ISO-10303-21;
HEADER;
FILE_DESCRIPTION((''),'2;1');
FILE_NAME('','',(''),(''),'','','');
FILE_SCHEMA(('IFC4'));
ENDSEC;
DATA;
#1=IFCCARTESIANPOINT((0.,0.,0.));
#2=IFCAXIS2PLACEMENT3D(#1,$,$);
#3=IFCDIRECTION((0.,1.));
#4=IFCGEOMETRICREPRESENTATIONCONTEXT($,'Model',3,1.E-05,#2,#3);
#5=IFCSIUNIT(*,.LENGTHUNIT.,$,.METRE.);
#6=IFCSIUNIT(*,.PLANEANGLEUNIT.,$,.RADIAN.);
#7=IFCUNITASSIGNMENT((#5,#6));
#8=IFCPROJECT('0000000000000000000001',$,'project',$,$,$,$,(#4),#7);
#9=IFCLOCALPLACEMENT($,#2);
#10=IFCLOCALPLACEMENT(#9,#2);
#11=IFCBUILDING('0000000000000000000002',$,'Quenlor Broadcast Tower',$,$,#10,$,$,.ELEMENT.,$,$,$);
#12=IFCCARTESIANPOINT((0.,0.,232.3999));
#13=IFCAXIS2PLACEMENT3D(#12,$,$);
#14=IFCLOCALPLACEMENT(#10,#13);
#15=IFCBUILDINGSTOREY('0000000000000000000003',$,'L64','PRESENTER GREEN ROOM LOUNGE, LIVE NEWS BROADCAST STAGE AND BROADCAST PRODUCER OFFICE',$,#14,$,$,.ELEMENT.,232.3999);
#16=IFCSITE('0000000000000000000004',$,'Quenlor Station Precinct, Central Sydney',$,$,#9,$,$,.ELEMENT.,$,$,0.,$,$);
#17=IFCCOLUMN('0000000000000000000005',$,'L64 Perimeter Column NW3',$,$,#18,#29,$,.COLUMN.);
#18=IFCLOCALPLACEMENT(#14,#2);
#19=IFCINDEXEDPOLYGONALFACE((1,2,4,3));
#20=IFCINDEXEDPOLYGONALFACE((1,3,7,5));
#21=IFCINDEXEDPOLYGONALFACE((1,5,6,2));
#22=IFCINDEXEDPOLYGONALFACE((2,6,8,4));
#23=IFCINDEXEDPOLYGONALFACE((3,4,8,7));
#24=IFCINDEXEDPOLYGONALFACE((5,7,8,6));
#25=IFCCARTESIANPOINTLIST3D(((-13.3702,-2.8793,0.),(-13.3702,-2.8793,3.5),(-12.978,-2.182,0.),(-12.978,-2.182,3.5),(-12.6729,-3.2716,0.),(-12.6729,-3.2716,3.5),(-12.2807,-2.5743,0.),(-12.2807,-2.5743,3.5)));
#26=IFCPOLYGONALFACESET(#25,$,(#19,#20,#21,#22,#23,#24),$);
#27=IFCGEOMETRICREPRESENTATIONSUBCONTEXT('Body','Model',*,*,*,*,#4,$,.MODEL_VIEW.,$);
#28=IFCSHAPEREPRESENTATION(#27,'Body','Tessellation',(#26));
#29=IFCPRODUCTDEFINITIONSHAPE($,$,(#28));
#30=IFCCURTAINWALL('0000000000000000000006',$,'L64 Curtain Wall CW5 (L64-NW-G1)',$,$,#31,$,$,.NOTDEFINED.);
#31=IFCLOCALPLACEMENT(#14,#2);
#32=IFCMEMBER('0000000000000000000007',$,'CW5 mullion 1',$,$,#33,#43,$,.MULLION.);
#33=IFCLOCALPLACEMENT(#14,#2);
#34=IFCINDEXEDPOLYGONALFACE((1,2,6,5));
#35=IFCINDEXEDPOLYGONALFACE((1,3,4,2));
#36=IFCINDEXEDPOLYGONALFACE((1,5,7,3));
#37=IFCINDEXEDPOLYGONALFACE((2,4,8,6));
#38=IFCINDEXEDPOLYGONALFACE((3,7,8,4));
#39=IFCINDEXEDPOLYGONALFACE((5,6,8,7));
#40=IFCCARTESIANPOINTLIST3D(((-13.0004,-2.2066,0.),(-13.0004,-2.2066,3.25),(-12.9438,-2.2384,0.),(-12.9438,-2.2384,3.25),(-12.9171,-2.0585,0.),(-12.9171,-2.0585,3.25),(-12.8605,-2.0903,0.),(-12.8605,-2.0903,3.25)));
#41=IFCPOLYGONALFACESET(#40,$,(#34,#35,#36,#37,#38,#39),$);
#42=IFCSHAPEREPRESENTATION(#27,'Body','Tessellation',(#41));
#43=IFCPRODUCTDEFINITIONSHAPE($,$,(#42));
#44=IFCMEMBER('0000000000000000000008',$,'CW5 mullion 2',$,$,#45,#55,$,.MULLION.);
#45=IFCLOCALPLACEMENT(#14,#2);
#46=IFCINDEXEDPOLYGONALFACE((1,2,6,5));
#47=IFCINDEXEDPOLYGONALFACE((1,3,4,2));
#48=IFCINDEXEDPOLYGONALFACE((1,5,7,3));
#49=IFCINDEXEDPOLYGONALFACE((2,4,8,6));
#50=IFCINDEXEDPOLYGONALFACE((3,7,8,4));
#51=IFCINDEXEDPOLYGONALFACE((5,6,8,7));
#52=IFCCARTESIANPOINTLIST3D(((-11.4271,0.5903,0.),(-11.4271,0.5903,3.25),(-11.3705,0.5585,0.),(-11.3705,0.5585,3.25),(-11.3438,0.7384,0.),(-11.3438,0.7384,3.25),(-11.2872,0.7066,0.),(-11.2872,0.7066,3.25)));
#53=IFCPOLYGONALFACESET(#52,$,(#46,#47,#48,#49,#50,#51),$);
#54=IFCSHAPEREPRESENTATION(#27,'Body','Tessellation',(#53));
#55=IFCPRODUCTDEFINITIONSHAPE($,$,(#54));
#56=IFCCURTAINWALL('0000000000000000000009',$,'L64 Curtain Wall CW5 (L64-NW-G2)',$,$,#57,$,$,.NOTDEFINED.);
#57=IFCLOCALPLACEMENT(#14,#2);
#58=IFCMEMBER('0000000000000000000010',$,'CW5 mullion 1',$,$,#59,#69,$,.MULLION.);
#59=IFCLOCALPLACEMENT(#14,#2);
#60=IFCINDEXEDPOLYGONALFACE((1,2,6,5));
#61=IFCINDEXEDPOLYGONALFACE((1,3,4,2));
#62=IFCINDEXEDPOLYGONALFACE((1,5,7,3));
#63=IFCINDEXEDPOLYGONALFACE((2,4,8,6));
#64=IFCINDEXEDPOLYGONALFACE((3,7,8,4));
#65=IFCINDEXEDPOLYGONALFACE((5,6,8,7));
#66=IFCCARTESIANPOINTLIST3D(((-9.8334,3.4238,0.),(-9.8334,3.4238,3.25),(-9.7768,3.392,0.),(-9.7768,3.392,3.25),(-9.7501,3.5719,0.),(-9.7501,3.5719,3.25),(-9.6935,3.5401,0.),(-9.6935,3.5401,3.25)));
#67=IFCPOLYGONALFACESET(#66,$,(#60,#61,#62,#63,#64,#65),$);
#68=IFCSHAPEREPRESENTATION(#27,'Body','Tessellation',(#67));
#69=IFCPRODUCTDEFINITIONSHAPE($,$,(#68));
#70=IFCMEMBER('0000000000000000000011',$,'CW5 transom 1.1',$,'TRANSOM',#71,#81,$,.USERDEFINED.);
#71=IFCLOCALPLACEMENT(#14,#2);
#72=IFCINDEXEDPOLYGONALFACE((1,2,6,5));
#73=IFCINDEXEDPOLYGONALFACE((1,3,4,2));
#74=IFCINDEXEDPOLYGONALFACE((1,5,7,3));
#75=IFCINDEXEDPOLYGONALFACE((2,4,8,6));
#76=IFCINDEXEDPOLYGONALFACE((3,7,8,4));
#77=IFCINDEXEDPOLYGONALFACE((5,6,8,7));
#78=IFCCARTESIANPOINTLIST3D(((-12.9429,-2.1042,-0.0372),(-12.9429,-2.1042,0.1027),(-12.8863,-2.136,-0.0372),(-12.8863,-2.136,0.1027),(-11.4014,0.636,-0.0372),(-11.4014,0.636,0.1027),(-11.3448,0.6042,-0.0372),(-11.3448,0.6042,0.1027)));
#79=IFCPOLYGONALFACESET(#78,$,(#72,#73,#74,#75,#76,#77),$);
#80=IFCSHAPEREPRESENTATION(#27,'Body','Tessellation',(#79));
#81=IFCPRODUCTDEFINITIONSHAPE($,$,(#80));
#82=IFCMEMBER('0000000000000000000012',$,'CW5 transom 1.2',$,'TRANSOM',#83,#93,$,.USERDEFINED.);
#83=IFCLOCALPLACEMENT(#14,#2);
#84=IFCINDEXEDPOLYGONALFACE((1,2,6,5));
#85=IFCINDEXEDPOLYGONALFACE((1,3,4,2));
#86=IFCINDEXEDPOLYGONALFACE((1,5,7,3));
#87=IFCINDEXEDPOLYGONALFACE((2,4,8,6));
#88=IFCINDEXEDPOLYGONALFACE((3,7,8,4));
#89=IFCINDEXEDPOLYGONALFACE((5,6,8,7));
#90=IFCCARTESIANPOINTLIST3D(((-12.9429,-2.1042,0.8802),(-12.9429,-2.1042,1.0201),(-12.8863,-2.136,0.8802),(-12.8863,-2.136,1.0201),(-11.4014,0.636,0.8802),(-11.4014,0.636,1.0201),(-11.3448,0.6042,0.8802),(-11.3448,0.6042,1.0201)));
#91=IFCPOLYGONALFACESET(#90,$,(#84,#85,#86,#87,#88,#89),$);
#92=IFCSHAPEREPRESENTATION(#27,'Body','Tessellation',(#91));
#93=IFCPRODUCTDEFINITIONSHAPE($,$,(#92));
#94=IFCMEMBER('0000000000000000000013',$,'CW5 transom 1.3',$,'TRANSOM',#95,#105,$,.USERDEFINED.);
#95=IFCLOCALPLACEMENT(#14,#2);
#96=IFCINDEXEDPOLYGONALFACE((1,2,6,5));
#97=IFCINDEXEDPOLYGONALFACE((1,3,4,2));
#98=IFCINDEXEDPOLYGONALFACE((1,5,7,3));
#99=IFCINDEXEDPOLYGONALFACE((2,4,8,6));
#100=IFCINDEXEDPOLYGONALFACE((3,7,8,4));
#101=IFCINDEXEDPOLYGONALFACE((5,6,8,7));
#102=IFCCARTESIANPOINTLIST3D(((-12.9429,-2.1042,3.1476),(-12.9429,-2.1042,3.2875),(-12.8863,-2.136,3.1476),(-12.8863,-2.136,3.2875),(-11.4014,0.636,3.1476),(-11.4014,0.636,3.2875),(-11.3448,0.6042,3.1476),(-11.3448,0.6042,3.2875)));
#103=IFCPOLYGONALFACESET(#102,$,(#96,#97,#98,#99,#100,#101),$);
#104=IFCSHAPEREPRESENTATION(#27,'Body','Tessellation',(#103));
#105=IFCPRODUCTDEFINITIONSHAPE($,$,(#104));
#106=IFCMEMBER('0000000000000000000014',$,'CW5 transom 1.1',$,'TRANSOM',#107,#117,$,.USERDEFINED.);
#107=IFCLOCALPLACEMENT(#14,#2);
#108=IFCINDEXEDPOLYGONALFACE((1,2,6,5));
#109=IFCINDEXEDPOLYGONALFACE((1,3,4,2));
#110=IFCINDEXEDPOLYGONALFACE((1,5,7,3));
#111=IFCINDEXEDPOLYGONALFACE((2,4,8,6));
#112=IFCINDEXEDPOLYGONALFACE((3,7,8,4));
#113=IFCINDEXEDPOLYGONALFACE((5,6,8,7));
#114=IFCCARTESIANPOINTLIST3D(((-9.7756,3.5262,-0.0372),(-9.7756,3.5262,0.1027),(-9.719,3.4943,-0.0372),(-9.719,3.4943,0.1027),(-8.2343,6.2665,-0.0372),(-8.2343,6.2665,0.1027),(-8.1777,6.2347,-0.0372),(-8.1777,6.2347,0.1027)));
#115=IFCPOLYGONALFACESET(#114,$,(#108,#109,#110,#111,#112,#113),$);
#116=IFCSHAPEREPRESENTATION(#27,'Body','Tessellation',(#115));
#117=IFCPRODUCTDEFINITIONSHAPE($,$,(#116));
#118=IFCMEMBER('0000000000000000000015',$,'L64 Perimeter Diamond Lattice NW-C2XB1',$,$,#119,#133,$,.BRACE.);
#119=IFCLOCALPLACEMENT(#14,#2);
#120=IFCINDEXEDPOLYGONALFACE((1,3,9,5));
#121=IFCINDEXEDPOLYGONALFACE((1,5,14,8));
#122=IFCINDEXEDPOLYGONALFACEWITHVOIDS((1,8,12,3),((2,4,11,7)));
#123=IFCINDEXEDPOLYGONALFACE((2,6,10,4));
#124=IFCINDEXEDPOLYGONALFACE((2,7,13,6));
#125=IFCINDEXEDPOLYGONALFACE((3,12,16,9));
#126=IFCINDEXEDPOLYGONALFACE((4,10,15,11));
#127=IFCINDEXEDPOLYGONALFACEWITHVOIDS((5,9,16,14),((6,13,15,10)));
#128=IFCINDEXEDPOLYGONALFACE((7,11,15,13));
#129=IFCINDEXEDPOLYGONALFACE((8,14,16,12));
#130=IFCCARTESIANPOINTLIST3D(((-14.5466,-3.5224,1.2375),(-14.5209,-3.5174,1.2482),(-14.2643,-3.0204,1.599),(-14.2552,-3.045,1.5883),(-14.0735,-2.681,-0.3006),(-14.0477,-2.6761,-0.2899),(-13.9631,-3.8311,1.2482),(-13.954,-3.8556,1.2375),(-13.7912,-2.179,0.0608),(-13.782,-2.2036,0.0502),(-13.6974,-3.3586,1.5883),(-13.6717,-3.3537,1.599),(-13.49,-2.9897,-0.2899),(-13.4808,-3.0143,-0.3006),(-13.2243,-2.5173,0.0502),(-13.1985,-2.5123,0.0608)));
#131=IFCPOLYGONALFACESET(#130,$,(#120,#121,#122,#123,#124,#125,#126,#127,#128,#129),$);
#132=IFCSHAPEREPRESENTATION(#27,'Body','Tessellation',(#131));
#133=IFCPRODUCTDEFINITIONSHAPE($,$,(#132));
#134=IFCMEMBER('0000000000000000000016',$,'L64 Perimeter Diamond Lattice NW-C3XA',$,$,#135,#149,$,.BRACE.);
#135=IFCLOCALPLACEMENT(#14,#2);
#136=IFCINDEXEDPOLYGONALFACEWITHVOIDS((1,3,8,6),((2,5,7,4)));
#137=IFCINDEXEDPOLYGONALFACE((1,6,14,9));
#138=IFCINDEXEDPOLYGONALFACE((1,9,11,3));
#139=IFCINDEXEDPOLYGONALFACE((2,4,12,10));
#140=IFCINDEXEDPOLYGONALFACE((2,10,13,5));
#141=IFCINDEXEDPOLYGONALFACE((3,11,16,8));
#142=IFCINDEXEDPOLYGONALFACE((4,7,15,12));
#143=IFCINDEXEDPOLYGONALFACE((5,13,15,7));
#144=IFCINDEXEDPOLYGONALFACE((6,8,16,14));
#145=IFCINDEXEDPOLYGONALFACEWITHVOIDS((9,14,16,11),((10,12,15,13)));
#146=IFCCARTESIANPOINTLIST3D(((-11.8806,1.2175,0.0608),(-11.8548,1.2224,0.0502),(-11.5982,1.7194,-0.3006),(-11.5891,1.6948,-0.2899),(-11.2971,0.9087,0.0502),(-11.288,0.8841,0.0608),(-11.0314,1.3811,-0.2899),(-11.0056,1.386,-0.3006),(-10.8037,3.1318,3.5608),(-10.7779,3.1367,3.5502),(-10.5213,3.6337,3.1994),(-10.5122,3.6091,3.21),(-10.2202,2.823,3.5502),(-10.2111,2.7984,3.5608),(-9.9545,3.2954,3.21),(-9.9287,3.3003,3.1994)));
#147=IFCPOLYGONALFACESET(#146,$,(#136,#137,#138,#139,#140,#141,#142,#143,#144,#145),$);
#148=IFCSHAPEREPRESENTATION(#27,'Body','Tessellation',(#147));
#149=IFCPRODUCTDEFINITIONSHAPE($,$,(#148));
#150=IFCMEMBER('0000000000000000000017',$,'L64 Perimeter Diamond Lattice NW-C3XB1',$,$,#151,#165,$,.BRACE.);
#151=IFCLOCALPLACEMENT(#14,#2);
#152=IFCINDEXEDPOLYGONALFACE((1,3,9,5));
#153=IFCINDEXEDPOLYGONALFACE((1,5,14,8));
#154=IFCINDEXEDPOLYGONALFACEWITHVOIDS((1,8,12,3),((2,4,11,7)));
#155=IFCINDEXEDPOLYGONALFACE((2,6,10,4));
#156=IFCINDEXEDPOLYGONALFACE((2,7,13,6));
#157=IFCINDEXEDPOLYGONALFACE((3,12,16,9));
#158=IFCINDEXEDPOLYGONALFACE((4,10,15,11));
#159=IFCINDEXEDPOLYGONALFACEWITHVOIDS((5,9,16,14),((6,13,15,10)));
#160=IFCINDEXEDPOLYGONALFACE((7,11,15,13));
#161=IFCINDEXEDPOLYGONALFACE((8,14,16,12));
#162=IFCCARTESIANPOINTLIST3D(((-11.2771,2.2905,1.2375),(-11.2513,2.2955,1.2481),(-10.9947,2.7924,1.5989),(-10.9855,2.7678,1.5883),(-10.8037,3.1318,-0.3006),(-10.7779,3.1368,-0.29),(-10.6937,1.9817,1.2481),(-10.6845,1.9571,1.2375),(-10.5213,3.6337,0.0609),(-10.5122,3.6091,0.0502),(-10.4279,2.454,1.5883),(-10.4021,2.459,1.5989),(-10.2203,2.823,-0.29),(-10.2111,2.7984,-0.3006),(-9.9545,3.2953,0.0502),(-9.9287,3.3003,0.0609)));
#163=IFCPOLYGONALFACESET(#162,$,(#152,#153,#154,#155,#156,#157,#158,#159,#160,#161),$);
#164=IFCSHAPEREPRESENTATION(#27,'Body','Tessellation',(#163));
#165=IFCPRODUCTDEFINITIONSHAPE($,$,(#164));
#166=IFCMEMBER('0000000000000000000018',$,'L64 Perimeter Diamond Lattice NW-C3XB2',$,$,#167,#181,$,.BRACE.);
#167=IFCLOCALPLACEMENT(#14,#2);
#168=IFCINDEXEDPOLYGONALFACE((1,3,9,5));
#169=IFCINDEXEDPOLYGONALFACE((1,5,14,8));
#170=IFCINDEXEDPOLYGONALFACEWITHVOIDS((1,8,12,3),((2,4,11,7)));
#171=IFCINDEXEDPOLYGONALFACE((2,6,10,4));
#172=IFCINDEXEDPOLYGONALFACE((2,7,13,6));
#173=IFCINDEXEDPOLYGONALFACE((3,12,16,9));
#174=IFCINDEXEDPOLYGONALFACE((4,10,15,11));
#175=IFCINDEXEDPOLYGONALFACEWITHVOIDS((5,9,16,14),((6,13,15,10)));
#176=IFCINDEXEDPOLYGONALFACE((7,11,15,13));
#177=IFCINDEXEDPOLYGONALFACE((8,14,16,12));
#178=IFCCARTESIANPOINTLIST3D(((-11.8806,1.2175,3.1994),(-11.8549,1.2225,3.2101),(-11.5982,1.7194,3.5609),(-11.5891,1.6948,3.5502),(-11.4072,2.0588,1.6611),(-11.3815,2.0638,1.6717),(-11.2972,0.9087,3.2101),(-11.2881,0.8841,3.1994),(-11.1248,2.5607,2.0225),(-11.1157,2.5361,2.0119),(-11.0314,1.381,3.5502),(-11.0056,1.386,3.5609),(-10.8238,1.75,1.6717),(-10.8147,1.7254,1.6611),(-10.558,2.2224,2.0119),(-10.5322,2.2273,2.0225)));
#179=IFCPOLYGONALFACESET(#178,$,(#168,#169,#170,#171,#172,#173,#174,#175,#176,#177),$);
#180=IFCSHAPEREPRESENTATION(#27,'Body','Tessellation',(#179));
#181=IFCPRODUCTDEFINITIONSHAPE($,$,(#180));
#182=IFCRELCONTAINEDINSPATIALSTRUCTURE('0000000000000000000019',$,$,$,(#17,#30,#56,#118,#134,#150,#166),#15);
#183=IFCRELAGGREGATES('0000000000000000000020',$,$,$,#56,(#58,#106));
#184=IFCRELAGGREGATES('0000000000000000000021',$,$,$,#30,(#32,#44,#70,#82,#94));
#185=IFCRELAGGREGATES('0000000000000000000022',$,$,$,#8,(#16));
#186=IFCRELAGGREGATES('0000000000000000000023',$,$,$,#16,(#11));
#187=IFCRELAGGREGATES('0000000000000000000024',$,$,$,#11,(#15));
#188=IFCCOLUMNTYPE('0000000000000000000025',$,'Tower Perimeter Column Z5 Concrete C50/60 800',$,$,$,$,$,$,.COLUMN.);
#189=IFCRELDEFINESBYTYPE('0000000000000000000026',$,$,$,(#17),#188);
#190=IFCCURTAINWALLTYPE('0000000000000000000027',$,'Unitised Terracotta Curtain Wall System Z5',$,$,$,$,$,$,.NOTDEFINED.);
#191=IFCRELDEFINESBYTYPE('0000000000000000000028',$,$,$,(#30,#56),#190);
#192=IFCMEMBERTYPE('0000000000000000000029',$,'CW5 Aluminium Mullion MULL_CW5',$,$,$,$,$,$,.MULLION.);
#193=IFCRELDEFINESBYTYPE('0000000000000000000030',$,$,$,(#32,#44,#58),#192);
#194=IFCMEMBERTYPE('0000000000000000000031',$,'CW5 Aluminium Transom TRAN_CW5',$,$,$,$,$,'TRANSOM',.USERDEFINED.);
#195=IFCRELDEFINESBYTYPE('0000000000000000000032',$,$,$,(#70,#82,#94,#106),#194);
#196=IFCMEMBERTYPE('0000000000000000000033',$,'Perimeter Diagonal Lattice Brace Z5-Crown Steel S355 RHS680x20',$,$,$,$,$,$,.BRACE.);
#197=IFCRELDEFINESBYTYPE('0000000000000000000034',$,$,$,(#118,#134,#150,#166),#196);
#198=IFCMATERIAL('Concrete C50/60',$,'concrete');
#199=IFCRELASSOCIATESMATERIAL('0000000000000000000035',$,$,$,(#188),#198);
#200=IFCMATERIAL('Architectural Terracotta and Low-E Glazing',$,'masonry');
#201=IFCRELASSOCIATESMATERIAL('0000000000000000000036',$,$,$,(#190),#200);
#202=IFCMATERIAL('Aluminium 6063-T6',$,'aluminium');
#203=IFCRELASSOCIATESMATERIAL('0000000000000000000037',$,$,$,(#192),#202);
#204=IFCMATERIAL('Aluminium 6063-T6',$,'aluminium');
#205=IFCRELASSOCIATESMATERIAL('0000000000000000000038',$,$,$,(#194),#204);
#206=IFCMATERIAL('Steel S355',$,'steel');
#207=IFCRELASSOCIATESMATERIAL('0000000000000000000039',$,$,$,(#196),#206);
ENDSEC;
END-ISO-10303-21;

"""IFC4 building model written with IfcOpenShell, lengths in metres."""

from ifc_helpers import new_model, si_unit, direction, frame, origin, origin_2d, place, context, subcontext, project, spatial, rectangle, hollow_rectangle, extrude, material, material_profile, profile_set, type_object, element, aggregate, save


model = new_model("IFC4")

# Units and contexts
model_context = context("Model", 3, precision=1e-05, world=origin(), true_north=direction((0.0, 1.0)))
body_context = subcontext(model_context, "Body", "Model", "MODEL_VIEW")
ifc_project = project(units=[si_unit("LENGTHUNIT", "METRE"), si_unit("PLANEANGLEUNIT", "RADIAN")], contexts=[model_context])

# Site, building, storey
site_placement = place(None, origin())
site = spatial("IfcSite", under=ifc_project, at=site_placement, Name="Quenlor Station Precinct, Central Sydney", CompositionType="ELEMENT", RefElevation=0.0)
building_placement = place(site_placement, origin())
building = spatial("IfcBuilding", under=site, at=building_placement, Name="Quenlor Broadcast Tower", CompositionType="ELEMENT")
storey_placement = place(building_placement, frame((0.0, 0.0, 232.3999)))
storey = spatial("IfcBuildingStorey", under=building, at=storey_placement, Name="L64", Description="PRESENTER GREEN ROOM LOUNGE, LIVE NEWS BROADCAST STAGE AND BROADCAST PRODUCER OFFICE", CompositionType="ELEMENT", Elevation=232.3999)

# Column
ifc_material_1 = material(Name="Concrete C50/60", Category="concrete")
ifc_material_profile_1 = material_profile(ifc_material_1, rectangle(XDim=0.8, YDim=0.8, at=origin_2d()))
ifc_profile_set_1 = profile_set([ifc_material_profile_1], Name="Concrete C50/60 RC800x800")
column_type = type_object("IfcColumnType", Name="Tower Perimeter Column Z5 Concrete C50/60 800", PredefinedType="COLUMN", material=ifc_profile_set_1)
column_placement = place(storey_placement, frame((-12.8254, -2.7268, 0.0), z_axis=(0.0, 0.0, 1.0), x_axis=(-0.871575, 0.490262, 0.0)))
element("IfcColumn", 1, at=column_placement, inside=storey, type_object=column_type, Name="L64 Perimeter Column NW3", PredefinedType="COLUMN", context=body_context, shape_type="SweptSolid", body=[
    extrude(rectangle(XDim=0.8, YDim=0.8, at=origin_2d()), origin(), (0.0, 0.0, 1.0), 3.5),
])

# Curtain wall, members
ifc_material_2 = material(Name="Architectural Terracotta and Low-E Glazing", Category="masonry")
curtain_wall_type = type_object("IfcCurtainWallType", Name="Unitised Terracotta Curtain Wall System Z5", PredefinedType="NOTDEFINED", material=ifc_material_2)
curtain_wall_1_placement = place(storey_placement, origin())
curtain_wall_1 = element("IfcCurtainWall", 2, at=curtain_wall_1_placement, inside=storey, type_object=curtain_wall_type, Name="L64 Curtain Wall CW5 (L64-NW-G1)", PredefinedType="NOTDEFINED")
ifc_material_3 = material(Name="Aluminium 6063-T6", Category="aluminium")
ifc_material_profile_2 = material_profile(ifc_material_3, rectangle(XDim=0.0649, YDim=0.1699, at=origin_2d()))
ifc_profile_set_2 = profile_set([ifc_material_profile_2], Name="Aluminium 6063-T6 MULL65x170")
member_type_1 = type_object("IfcMemberType", Name="CW5 Aluminium Mullion MULL_CW5", PredefinedType="MULLION", material=ifc_profile_set_2)
member_1_placement = place(storey_placement, frame((-12.9304, -2.1484, 0.0), z_axis=(0.0, 0.0, 1.0), x_axis=(-0.871575, 0.490263, 0.0)))
member_1 = element("IfcMember", 3, at=member_1_placement, type_object=member_type_1, Name="CW5 mullion 1", PredefinedType="MULLION", context=body_context, shape_type="SweptSolid", body=[
    extrude(rectangle(XDim=0.0649, YDim=0.1699, at=origin_2d()), origin(), (0.0, 0.0, 1.0), 3.25),
])
member_2_placement = place(storey_placement, frame((-11.3572, 0.6484, 0.0), z_axis=(0.0, 0.0, 1.0), x_axis=(-0.871575, 0.490263, 0.0)))
member_2 = element("IfcMember", 4, at=member_2_placement, type_object=member_type_1, Name="CW5 mullion 2", PredefinedType="MULLION", context=body_context, shape_type="SweptSolid", body=[
    extrude(rectangle(XDim=0.0649, YDim=0.1699, at=origin_2d()), origin(), (0.0, 0.0, 1.0), 3.25),
])

# Curtain wall, member
curtain_wall_2_placement = place(storey_placement, origin())
curtain_wall_2 = element("IfcCurtainWall", 5, at=curtain_wall_2_placement, inside=storey, type_object=curtain_wall_type, Name="L64 Curtain Wall CW5 (L64-NW-G2)", PredefinedType="NOTDEFINED")
member_3_placement = place(storey_placement, frame((-9.7634, 3.4819, 0.0), z_axis=(0.0, 0.0, 1.0), x_axis=(-0.871575, 0.490263, 0.0)))
member_3 = element("IfcMember", 6, at=member_3_placement, type_object=member_type_1, Name="CW5 mullion 1", PredefinedType="MULLION", context=body_context, shape_type="SweptSolid", body=[
    extrude(rectangle(XDim=0.0649, YDim=0.1699, at=origin_2d()), origin(), (0.0, 0.0, 1.0), 3.25),
])

# Members
ifc_material_4 = material(Name="Aluminium 6063-T6", Category="aluminium")
ifc_material_profile_3 = material_profile(ifc_material_4, rectangle(XDim=0.0649, YDim=0.1399, at=origin_2d()))
ifc_profile_set_3 = profile_set([ifc_material_profile_3], Name="Aluminium 6063-T6 TRAN65x140")
member_type_2 = type_object("IfcMemberType", Name="CW5 Aluminium Transom TRAN_CW5", ElementType="TRANSOM", PredefinedType="USERDEFINED", material=ifc_profile_set_3)
member_4_placement = place(storey_placement, frame((-12.9146, -2.1201, 0.0327), z_axis=(0.490291, 0.871559, 0.0), x_axis=(-0.871559, 0.490291, 0.0)))
member_4 = element("IfcMember", 7, at=member_4_placement, type_object=member_type_2, Name="CW5 transom 1.1", ObjectType="TRANSOM", PredefinedType="USERDEFINED", context=body_context, shape_type="SweptSolid", body=[
    extrude(rectangle(XDim=0.0649, YDim=0.1399, at=origin_2d()), origin(), (0.0, 0.0, 1.0), 3.144),
])
member_5_placement = place(storey_placement, frame((-12.9146, -2.1201, 0.9502), z_axis=(0.490291, 0.871559, 0.0), x_axis=(-0.871559, 0.490291, 0.0)))
member_5 = element("IfcMember", 8, at=member_5_placement, type_object=member_type_2, Name="CW5 transom 1.2", ObjectType="TRANSOM", PredefinedType="USERDEFINED", context=body_context, shape_type="SweptSolid", body=[
    extrude(rectangle(XDim=0.0649, YDim=0.1399, at=origin_2d()), origin(), (0.0, 0.0, 1.0), 3.144),
])
member_6_placement = place(storey_placement, frame((-12.9146, -2.1201, 3.2175), z_axis=(0.490291, 0.871559, 0.0), x_axis=(-0.871559, 0.490291, 0.0)))
member_6 = element("IfcMember", 9, at=member_6_placement, type_object=member_type_2, Name="CW5 transom 1.3", ObjectType="TRANSOM", PredefinedType="USERDEFINED", context=body_context, shape_type="SweptSolid", body=[
    extrude(rectangle(XDim=0.0649, YDim=0.1399, at=origin_2d()), origin(), (0.0, 0.0, 1.0), 3.144),
])
member_7_placement = place(storey_placement, frame((-9.7473, 3.5103, 0.0327), z_axis=(0.490232, 0.871592, 0.0), x_axis=(-0.871592, 0.490232, 0.0)))
member_7 = element("IfcMember", 10, at=member_7_placement, type_object=member_type_2, Name="CW5 transom 1.1", ObjectType="TRANSOM", PredefinedType="USERDEFINED", context=body_context, shape_type="SweptSolid", body=[
    extrude(rectangle(XDim=0.0649, YDim=0.1399, at=origin_2d()), origin(), (0.0, 0.0, 1.0), 3.144),
])
aggregate(curtain_wall_2, [member_3, member_7])

# Members
ifc_material_5 = material(Name="Steel S355", Category="steel")
ifc_material_profile_4 = material_profile(ifc_material_5, hollow_rectangle(XDim=0.6799, YDim=0.6799, WallThickness=0.02, at=origin_2d()))
ifc_profile_set_4 = profile_set([ifc_material_profile_4], Name="Steel S355 RHS680x680x20")
member_type_3 = type_object("IfcMemberType", Name="Perimeter Diagonal Lattice Brace Z5-Crown Steel S355 RHS680x20", PredefinedType="BRACE", material=ifc_profile_set_4)
member_8_placement = place(storey_placement, frame((-13.636, -2.5967, -0.1199), z_axis=(-0.260561, -0.463309, 0.847025), x_axis=(0.871616, -0.490189, 0.0)))
element("IfcMember", 11, at=member_8_placement, inside=storey, type_object=member_type_3, Name="L64 Perimeter Diamond Lattice NW-C2XB1", PredefinedType="BRACE", context=body_context, shape_type="SweptSolid", body=[
    extrude(hollow_rectangle(XDim=0.6799, YDim=0.6799, WallThickness=0.02, at=origin_2d()), origin(), (0.0, 0.0, 1.0), 1.8159),
])
member_9_placement = place(storey_placement, frame((-11.4431, 1.3018, -0.1199), z_axis=(0.260619, 0.463276, 0.847026), x_axis=(-0.871555, 0.490298, 0.0)))
element("IfcMember", 12, at=member_9_placement, inside=storey, type_object=member_type_3, Name="L64 Perimeter Diamond Lattice NW-C3XA", PredefinedType="BRACE", context=body_context, shape_type="SweptSolid", body=[
    extrude(hollow_rectangle(XDim=0.6799, YDim=0.6799, WallThickness=0.02, at=origin_2d()), origin(), (0.0, 0.0, 1.0), 4.1321),
])
member_10_placement = place(storey_placement, frame((-10.3662, 3.2161, -0.1199), z_axis=(-0.260686, -0.463293, 0.846996), x_axis=(0.871508, -0.490381, 0.0)))
element("IfcMember", 13, at=member_10_placement, inside=storey, type_object=member_type_3, Name="L64 Perimeter Diamond Lattice NW-C3XB1", PredefinedType="BRACE", context=body_context, shape_type="SweptSolid", body=[
    extrude(hollow_rectangle(XDim=0.6799, YDim=0.6799, WallThickness=0.02, at=origin_2d()), origin(), (0.0, 0.0, 1.0), 1.8159),
])
member_11_placement = place(storey_placement, frame((-10.9697, 2.1431, 1.8418), z_axis=(-0.260657, -0.463241, 0.847034), x_axis=(0.871508, -0.490381, 0.0)))
element("IfcMember", 14, at=member_11_placement, inside=storey, type_object=member_type_3, Name="L64 Perimeter Diamond Lattice NW-C3XB2", PredefinedType="BRACE", context=body_context, shape_type="SweptSolid", body=[
    extrude(hollow_rectangle(XDim=0.6799, YDim=0.6799, WallThickness=0.02, at=origin_2d()), origin(), (0.0, 0.0, 1.0), 1.8162),
])

aggregate(curtain_wall_1, [member_1, member_2, member_4, member_5, member_6])

save(model, "model.ifc")
